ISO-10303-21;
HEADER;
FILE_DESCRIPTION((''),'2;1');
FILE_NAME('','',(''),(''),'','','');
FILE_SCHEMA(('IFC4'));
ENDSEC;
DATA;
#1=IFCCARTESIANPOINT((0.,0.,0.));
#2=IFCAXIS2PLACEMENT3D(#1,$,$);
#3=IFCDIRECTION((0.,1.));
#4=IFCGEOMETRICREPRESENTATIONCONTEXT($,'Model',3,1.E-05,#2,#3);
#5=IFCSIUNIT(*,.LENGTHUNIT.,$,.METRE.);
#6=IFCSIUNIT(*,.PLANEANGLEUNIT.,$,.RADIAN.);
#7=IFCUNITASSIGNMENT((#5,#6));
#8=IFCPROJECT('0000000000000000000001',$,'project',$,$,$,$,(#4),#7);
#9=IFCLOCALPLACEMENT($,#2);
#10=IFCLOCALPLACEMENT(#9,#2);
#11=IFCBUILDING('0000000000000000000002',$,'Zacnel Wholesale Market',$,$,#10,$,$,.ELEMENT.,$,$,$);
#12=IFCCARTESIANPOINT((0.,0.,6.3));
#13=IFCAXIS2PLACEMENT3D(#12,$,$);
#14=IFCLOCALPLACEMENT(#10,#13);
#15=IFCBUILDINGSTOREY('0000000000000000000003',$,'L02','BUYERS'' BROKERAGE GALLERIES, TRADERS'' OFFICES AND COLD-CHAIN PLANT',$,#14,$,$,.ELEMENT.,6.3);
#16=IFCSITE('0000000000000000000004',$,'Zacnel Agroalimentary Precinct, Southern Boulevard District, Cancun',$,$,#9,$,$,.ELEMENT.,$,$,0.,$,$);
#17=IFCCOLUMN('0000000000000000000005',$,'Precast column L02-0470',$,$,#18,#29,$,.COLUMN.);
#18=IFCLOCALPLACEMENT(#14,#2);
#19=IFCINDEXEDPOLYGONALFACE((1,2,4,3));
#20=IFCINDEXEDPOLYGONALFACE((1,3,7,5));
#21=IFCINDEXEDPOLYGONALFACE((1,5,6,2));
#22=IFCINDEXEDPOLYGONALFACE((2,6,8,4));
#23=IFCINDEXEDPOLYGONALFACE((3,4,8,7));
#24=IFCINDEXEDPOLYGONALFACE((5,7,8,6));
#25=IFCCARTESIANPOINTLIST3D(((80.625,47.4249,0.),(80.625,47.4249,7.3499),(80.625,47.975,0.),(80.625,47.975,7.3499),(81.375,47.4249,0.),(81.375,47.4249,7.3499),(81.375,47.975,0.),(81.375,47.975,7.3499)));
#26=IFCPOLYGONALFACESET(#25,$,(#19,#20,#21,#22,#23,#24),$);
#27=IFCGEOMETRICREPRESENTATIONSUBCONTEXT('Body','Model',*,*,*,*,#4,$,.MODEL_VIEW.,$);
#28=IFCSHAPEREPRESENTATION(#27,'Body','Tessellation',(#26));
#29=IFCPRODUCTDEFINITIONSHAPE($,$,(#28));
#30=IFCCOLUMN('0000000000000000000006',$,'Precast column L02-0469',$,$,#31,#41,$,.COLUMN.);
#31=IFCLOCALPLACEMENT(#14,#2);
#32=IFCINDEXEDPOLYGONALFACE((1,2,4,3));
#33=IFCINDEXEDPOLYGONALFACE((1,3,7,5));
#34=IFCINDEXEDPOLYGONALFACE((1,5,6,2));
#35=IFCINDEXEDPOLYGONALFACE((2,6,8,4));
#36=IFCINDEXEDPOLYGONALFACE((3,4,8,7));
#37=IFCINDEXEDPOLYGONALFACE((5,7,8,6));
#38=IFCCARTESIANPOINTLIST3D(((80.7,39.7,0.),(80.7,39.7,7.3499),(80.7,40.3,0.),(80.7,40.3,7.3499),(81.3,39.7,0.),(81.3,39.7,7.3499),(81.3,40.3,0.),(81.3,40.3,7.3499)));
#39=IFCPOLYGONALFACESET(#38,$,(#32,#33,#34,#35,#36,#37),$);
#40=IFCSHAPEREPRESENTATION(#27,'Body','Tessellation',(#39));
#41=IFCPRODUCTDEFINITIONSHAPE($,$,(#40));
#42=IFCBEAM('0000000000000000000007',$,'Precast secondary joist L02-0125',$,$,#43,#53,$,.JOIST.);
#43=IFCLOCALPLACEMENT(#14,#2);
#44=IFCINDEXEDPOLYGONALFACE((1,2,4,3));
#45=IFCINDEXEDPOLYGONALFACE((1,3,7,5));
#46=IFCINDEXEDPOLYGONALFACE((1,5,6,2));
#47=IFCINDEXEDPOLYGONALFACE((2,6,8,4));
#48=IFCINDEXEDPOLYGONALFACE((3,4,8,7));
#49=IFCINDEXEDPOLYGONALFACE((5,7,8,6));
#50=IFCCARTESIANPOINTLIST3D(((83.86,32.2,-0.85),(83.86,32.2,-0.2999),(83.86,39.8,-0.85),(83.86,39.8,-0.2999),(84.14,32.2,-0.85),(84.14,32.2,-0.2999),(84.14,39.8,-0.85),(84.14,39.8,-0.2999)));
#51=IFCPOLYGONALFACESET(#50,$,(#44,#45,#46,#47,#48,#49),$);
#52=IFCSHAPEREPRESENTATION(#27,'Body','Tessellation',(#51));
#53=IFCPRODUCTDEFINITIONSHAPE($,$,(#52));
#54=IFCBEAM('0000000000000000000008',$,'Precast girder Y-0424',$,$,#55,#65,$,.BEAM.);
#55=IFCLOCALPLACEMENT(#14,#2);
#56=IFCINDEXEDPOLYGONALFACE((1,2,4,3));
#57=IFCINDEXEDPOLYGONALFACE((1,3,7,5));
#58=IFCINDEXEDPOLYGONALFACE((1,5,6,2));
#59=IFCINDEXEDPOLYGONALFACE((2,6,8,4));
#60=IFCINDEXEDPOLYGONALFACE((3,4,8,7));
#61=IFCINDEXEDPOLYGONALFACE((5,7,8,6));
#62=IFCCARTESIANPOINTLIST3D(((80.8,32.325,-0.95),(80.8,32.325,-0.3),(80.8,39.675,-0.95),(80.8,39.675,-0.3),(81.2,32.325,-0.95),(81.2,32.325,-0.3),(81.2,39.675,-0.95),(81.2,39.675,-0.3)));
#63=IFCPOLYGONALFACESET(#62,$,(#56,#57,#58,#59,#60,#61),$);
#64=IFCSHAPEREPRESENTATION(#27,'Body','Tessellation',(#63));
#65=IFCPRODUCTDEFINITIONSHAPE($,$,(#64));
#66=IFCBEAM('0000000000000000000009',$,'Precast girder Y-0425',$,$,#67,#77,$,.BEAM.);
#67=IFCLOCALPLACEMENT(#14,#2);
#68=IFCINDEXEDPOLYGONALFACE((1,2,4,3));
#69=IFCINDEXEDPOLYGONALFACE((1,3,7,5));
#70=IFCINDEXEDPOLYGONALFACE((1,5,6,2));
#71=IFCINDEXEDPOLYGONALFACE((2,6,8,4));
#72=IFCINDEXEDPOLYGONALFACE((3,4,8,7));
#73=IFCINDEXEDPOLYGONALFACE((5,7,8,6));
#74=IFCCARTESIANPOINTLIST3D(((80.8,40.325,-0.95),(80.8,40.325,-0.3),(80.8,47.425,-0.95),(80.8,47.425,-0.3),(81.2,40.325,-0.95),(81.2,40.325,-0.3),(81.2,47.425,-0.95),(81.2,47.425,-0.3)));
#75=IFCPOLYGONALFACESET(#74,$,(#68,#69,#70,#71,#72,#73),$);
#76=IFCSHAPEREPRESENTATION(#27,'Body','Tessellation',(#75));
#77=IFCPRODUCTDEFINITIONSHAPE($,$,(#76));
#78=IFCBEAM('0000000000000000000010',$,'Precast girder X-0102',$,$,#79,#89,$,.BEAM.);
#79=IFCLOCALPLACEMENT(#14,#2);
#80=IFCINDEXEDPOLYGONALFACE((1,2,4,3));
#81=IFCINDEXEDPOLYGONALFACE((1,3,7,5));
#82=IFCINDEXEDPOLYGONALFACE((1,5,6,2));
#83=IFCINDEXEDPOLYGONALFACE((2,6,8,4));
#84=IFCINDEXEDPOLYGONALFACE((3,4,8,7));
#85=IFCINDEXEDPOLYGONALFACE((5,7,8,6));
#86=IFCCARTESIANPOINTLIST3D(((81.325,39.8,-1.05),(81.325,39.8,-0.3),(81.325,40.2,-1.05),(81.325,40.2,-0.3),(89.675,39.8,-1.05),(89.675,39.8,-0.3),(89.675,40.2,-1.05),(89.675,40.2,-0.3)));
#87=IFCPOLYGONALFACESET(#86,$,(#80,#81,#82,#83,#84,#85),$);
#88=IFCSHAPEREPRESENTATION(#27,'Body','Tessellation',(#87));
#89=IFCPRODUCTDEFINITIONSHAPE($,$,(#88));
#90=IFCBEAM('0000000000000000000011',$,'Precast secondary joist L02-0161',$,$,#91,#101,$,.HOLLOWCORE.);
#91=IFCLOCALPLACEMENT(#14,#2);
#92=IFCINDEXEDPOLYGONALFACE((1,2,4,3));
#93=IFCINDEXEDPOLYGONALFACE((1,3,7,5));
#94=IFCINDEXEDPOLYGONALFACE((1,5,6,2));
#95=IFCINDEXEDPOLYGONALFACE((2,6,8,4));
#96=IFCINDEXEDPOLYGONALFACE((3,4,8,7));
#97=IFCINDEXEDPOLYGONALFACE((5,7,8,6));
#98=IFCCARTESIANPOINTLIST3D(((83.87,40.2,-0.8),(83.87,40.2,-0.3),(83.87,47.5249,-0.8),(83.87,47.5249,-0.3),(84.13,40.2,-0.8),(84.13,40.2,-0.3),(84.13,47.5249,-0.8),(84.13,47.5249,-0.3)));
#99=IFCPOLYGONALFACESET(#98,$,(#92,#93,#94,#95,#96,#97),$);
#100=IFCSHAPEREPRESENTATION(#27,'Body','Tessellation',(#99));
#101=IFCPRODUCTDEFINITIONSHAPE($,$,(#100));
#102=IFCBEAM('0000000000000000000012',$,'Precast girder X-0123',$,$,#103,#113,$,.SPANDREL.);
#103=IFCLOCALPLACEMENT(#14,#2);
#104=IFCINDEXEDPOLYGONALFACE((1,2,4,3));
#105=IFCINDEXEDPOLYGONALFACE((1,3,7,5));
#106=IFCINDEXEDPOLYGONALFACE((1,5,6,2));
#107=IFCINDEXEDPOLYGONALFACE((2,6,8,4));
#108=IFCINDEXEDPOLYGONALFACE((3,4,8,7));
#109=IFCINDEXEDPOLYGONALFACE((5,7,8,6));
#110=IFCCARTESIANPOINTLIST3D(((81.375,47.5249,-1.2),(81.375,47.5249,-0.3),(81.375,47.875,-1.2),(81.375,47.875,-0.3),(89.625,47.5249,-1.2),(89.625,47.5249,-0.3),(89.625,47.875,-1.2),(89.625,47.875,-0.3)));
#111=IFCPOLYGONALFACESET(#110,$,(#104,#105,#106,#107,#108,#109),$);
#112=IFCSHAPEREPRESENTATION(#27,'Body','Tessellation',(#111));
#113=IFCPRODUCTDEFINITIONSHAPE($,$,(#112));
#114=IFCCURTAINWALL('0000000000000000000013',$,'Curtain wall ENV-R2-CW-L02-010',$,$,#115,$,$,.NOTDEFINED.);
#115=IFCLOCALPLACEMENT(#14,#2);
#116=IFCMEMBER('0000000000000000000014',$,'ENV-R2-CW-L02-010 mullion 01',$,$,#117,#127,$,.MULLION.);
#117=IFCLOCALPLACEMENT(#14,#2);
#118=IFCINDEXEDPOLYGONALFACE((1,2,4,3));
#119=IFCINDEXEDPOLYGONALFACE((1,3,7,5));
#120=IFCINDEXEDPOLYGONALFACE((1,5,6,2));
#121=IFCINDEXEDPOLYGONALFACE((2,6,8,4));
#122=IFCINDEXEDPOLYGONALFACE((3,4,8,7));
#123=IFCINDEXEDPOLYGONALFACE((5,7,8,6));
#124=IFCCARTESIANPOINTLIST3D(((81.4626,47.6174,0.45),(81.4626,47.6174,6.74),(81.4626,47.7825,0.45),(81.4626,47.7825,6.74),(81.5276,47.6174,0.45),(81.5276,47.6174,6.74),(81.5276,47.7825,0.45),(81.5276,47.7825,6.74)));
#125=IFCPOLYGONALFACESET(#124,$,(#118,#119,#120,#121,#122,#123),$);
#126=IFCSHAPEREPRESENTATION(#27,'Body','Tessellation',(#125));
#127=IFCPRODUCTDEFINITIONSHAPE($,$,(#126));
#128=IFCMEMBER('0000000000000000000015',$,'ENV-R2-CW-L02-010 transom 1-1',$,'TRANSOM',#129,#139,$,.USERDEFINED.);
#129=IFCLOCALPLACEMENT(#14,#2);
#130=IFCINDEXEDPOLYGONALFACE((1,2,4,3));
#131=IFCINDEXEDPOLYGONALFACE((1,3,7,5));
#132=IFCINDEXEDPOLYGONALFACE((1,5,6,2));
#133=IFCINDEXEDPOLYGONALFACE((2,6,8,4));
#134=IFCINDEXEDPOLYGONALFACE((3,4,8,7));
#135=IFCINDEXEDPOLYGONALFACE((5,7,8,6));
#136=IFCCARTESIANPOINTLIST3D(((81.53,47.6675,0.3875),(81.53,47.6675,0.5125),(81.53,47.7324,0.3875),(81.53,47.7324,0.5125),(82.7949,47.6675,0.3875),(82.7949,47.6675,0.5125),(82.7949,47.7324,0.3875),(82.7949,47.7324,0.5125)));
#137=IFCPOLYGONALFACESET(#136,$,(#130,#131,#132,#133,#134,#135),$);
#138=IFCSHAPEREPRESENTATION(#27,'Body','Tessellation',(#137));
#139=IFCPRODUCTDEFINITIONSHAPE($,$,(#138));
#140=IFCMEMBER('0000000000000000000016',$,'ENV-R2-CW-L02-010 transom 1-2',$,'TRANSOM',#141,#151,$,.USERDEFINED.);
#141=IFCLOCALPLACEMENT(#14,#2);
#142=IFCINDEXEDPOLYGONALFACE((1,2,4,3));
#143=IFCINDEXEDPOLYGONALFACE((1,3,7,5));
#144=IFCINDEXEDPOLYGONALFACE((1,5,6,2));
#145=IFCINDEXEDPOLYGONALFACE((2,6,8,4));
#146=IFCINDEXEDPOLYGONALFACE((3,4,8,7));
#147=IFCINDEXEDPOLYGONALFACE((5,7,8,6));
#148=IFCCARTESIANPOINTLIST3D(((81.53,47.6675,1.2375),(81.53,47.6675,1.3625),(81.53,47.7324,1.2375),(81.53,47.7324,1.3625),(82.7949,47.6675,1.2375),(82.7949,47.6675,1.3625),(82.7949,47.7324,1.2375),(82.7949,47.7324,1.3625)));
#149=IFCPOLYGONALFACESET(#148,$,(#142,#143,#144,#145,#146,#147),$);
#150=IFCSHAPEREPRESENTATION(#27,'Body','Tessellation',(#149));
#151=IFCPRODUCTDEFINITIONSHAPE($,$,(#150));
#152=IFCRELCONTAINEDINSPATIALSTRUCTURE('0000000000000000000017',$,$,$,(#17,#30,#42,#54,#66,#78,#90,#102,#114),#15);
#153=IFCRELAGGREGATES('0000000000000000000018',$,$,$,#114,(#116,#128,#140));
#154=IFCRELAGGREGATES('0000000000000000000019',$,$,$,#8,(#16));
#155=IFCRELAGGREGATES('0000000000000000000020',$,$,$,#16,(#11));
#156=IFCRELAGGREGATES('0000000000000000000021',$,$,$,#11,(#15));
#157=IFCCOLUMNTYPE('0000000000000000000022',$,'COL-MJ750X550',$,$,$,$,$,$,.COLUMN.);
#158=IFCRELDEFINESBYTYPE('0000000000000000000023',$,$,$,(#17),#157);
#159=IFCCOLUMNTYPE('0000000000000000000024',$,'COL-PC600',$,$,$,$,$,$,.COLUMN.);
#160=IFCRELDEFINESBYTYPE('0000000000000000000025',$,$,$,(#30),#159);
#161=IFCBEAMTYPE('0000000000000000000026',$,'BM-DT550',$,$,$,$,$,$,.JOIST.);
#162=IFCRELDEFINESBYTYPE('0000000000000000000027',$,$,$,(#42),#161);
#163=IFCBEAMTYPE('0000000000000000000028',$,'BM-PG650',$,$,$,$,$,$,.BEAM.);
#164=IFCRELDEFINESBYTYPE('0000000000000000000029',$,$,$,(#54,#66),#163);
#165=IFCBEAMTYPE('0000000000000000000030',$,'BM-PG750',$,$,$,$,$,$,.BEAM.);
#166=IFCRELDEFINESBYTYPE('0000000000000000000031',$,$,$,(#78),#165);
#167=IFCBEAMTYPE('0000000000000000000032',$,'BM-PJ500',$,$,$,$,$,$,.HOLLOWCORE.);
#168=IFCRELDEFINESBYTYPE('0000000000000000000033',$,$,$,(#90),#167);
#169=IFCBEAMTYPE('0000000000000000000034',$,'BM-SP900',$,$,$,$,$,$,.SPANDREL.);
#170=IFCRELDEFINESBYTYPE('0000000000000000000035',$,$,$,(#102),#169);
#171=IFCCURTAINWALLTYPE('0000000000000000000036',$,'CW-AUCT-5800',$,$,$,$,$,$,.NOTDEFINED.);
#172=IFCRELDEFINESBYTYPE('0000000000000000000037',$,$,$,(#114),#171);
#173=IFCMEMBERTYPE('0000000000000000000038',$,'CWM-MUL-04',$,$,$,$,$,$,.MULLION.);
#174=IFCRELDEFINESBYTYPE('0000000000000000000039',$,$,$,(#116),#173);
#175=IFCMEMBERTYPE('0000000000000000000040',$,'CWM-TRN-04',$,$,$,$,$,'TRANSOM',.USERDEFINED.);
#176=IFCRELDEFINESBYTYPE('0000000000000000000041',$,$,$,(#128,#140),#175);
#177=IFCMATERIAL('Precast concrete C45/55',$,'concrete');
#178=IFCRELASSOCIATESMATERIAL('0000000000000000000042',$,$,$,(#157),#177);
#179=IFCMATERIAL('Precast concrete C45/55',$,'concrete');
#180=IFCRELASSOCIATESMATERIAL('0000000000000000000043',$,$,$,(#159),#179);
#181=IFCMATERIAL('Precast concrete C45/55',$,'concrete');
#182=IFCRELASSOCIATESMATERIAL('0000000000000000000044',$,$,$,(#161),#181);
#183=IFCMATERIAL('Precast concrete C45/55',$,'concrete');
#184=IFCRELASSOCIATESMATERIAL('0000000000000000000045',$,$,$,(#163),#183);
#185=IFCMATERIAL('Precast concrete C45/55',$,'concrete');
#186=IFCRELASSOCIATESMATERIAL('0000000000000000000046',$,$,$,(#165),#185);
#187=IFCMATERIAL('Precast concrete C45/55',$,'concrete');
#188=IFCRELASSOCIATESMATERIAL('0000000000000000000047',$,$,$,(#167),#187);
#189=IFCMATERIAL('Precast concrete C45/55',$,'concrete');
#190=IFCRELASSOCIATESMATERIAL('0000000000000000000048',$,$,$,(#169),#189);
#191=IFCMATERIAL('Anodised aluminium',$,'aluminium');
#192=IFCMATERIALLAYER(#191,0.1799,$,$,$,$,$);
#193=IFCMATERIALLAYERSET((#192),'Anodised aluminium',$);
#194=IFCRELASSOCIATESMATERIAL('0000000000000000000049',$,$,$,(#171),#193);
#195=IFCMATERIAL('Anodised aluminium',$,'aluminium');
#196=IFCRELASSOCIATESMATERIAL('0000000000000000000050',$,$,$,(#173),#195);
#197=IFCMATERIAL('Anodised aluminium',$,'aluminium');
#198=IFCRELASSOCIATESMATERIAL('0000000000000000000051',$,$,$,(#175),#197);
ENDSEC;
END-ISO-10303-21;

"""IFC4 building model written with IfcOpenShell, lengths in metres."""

from ifc_helpers import new_model, si_unit, direction, frame, origin, origin_2d, place, context, subcontext, project, spatial, rectangle, extrude, material, layer, layer_set, material_profile, profile_set, type_object, element, aggregate, save


model = new_model("IFC4")

# Units and contexts
model_context = context("Model", 3, precision=1e-05, world=origin(), true_north=direction((0.0, 1.0)))
body_context = subcontext(model_context, "Body", "Model", "MODEL_VIEW")
ifc_project = project(units=[si_unit("LENGTHUNIT", "METRE"), si_unit("PLANEANGLEUNIT", "RADIAN")], contexts=[model_context])

# Site, building, storey
site_placement = place(None, origin())
site = spatial("IfcSite", under=ifc_project, at=site_placement, Name="Zacnel Agroalimentary Precinct, Southern Boulevard District, Cancun", CompositionType="ELEMENT", RefElevation=0.0)
building_placement = place(site_placement, origin())
building = spatial("IfcBuilding", under=site, at=building_placement, Name="Zacnel Wholesale Market", CompositionType="ELEMENT")
storey_placement = place(building_placement, frame((0.0, 0.0, 6.3)))
storey = spatial("IfcBuildingStorey", under=building, at=storey_placement, Name="L02", Description="BUYERS' BROKERAGE GALLERIES, TRADERS' OFFICES AND COLD-CHAIN PLANT", CompositionType="ELEMENT", Elevation=6.3)

# Columns
ifc_material_1 = material(Name="Precast concrete C45/55", Category="concrete")
ifc_material_profile_1 = material_profile(ifc_material_1, rectangle(XDim=0.75, YDim=0.55, at=origin_2d()), Name="PC 750x550")
ifc_profile_set_1 = profile_set([ifc_material_profile_1], Name="Precast concrete C45/55")
column_type_1 = type_object("IfcColumnType", Name="COL-MJ750X550", PredefinedType="COLUMN", material=ifc_profile_set_1)
column_1_placement = place(storey_placement, frame((81.0, 47.7, 0.0), z_axis=(0.0, 0.0, 1.0), x_axis=(1.0, 0.0, 0.0)))
element("IfcColumn", 1, at=column_1_placement, inside=storey, type_object=column_type_1, Name="Precast column L02-0470", PredefinedType="COLUMN", context=body_context, shape_type="SweptSolid", body=[
    extrude(rectangle(XDim=0.75, YDim=0.55, at=origin_2d()), origin(), (0.0, 0.0, 1.0), 7.3499),
])
ifc_material_2 = material(Name="Precast concrete C45/55", Category="concrete")
ifc_material_profile_2 = material_profile(ifc_material_2, rectangle(XDim=0.6001, YDim=0.6001, at=origin_2d()), Name="PC 600x600")
ifc_profile_set_2 = profile_set([ifc_material_profile_2], Name="Precast concrete C45/55")
column_type_2 = type_object("IfcColumnType", Name="COL-PC600", PredefinedType="COLUMN", material=ifc_profile_set_2)
column_2_placement = place(storey_placement, frame((81.0, 40.0, 0.0), z_axis=(0.0, 0.0, 1.0), x_axis=(1.0, 0.0, 0.0)))
element("IfcColumn", 2, at=column_2_placement, inside=storey, type_object=column_type_2, Name="Precast column L02-0469", PredefinedType="COLUMN", context=body_context, shape_type="SweptSolid", body=[
    extrude(rectangle(XDim=0.6001, YDim=0.6001, at=origin_2d()), origin(), (0.0, 0.0, 1.0), 7.3499),
])

# Beams
ifc_material_3 = material(Name="Precast concrete C45/55", Category="concrete")
ifc_material_profile_3 = material_profile(ifc_material_3, rectangle(XDim=0.28, YDim=0.55, at=origin_2d()), Name="DT RIB 280x550")
ifc_profile_set_3 = profile_set([ifc_material_profile_3], Name="Precast concrete C45/55")
beam_type_1 = type_object("IfcBeamType", Name="BM-DT550", PredefinedType="JOIST", material=ifc_profile_set_3)
beam_1_placement = place(storey_placement, frame((84.0, 32.2, -0.575), z_axis=(0.0, 1.0, 0.0), x_axis=(-1.0, 0.0, 0.0)))
element("IfcBeam", 3, at=beam_1_placement, inside=storey, type_object=beam_type_1, Name="Precast secondary joist L02-0125", PredefinedType="JOIST", context=body_context, shape_type="SweptSolid", body=[
    extrude(rectangle(XDim=0.28, YDim=0.55, at=origin_2d()), origin(), (0.0, 0.0, 1.0), 7.6001),
])
ifc_material_4 = material(Name="Precast concrete C45/55", Category="concrete")
ifc_material_profile_4 = material_profile(ifc_material_4, rectangle(XDim=0.3999, YDim=0.6499, at=origin_2d()), Name="PG 400x650")
ifc_profile_set_4 = profile_set([ifc_material_profile_4], Name="Precast concrete C45/55")
beam_type_2 = type_object("IfcBeamType", Name="BM-PG650", PredefinedType="BEAM", material=ifc_profile_set_4)
beam_2_placement = place(storey_placement, frame((81.0, 32.325, -0.625), z_axis=(0.0, 1.0, 0.0), x_axis=(-1.0, 0.0, 0.0)))
element("IfcBeam", 4, at=beam_2_placement, inside=storey, type_object=beam_type_2, Name="Precast girder Y-0424", PredefinedType="BEAM", context=body_context, shape_type="SweptSolid", body=[
    extrude(rectangle(XDim=0.3999, YDim=0.6499, at=origin_2d()), origin(), (0.0, 0.0, 1.0), 7.3501),
])
beam_3_placement = place(storey_placement, frame((81.0, 40.325, -0.625), z_axis=(0.0, 1.0, 0.0), x_axis=(-1.0, 0.0, 0.0)))
element("IfcBeam", 5, at=beam_3_placement, inside=storey, type_object=beam_type_2, Name="Precast girder Y-0425", PredefinedType="BEAM", context=body_context, shape_type="SweptSolid", body=[
    extrude(rectangle(XDim=0.3999, YDim=0.6499, at=origin_2d()), origin(), (0.0, 0.0, 1.0), 7.1001),
])
ifc_material_5 = material(Name="Precast concrete C45/55", Category="concrete")
ifc_material_profile_5 = material_profile(ifc_material_5, rectangle(XDim=0.3999, YDim=0.75, at=origin_2d()), Name="PG 400x750")
ifc_profile_set_5 = profile_set([ifc_material_profile_5], Name="Precast concrete C45/55")
beam_type_3 = type_object("IfcBeamType", Name="BM-PG750", PredefinedType="BEAM", material=ifc_profile_set_5)
beam_4_placement = place(storey_placement, frame((81.325, 40.0, -0.675), z_axis=(1.0, 0.0, 0.0), x_axis=(0.0, 1.0, 0.0)))
element("IfcBeam", 6, at=beam_4_placement, inside=storey, type_object=beam_type_3, Name="Precast girder X-0102", PredefinedType="BEAM", context=body_context, shape_type="SweptSolid", body=[
    extrude(rectangle(XDim=0.3999, YDim=0.75, at=origin_2d()), origin(), (0.0, 0.0, 1.0), 8.3501),
])
ifc_material_6 = material(Name="Precast concrete C45/55", Category="concrete")
ifc_material_profile_6 = material_profile(ifc_material_6, rectangle(XDim=0.26, YDim=0.5, at=origin_2d()), Name="PJ 260x500")
ifc_profile_set_6 = profile_set([ifc_material_profile_6], Name="Precast concrete C45/55")
beam_type_4 = type_object("IfcBeamType", Name="BM-PJ500", PredefinedType="HOLLOWCORE", material=ifc_profile_set_6)
beam_5_placement = place(storey_placement, frame((84.0, 40.2, -0.55), z_axis=(0.0, 1.0, 0.0), x_axis=(-1.0, 0.0, 0.0)))
element("IfcBeam", 7, at=beam_5_placement, inside=storey, type_object=beam_type_4, Name="Precast secondary joist L02-0161", PredefinedType="HOLLOWCORE", context=body_context, shape_type="SweptSolid", body=[
    extrude(rectangle(XDim=0.26, YDim=0.5, at=origin_2d()), origin(), (0.0, 0.0, 1.0), 7.325),
])
ifc_material_7 = material(Name="Precast concrete C45/55", Category="concrete")
ifc_material_profile_7 = material_profile(ifc_material_7, rectangle(XDim=0.3501, YDim=0.8999, at=origin_2d()), Name="SP 350x900")
ifc_profile_set_7 = profile_set([ifc_material_profile_7], Name="Precast concrete C45/55")
beam_type_5 = type_object("IfcBeamType", Name="BM-SP900", PredefinedType="SPANDREL", material=ifc_profile_set_7)
beam_6_placement = place(storey_placement, frame((81.375, 47.7, -0.75), z_axis=(1.0, 0.0, 0.0), x_axis=(0.0, 1.0, 0.0)))
element("IfcBeam", 8, at=beam_6_placement, inside=storey, type_object=beam_type_5, Name="Precast girder X-0123", PredefinedType="SPANDREL", context=body_context, shape_type="SweptSolid", body=[
    extrude(rectangle(XDim=0.3501, YDim=0.8999, at=origin_2d()), origin(), (0.0, 0.0, 1.0), 8.25),
])

# Curtain wall, members
ifc_material_8 = material(Name="Anodised aluminium", Category="aluminium")
ifc_layer_1 = layer(ifc_material_8, 0.1799)
ifc_layer_set_1 = layer_set([ifc_layer_1], Name="Anodised aluminium")
curtain_wall_type = type_object("IfcCurtainWallType", Name="CW-AUCT-5800", PredefinedType="NOTDEFINED", material=ifc_layer_set_1)
curtain_wall_placement = place(storey_placement, origin())
curtain_wall = element("IfcCurtainWall", 9, at=curtain_wall_placement, inside=storey, type_object=curtain_wall_type, Name="Curtain wall ENV-R2-CW-L02-010", PredefinedType="NOTDEFINED")
ifc_material_9 = material(Name="Anodised aluminium", Category="aluminium")
ifc_material_profile_8 = material_profile(ifc_material_9, rectangle(XDim=0.0649, YDim=0.165, at=origin_2d()), Name="AW-MULLION 65x165")
ifc_profile_set_8 = profile_set([ifc_material_profile_8], Name="Anodised aluminium")
member_type_1 = type_object("IfcMemberType", Name="CWM-MUL-04", PredefinedType="MULLION", material=ifc_profile_set_8)
member_1_placement = place(storey_placement, frame((81.4951, 47.7, 0.45), z_axis=(0.0, 0.0, 1.0), x_axis=(1.0, 0.0, 0.0)))
member_1 = element("IfcMember", 10, at=member_1_placement, type_object=member_type_1, Name="ENV-R2-CW-L02-010 mullion 01", PredefinedType="MULLION", context=body_context, shape_type="SweptSolid", body=[
    extrude(rectangle(XDim=0.0649, YDim=0.165, at=origin_2d()), origin(), (0.0, 0.0, 1.0), 6.29),
])
ifc_material_10 = material(Name="Anodised aluminium", Category="aluminium")
ifc_material_profile_9 = material_profile(ifc_material_10, rectangle(XDim=0.0649, YDim=0.125, at=origin_2d()), Name="AW-TRANSOM 65x125")
ifc_profile_set_9 = profile_set([ifc_material_profile_9], Name="Anodised aluminium")
member_type_2 = type_object("IfcMemberType", Name="CWM-TRN-04", ElementType="TRANSOM", PredefinedType="USERDEFINED", material=ifc_profile_set_9)
member_2_placement = place(storey_placement, frame((81.53, 47.7, 0.45), z_axis=(1.0, 0.0, 0.0), x_axis=(0.0, 1.0, 0.0)))
member_2 = element("IfcMember", 11, at=member_2_placement, type_object=member_type_2, Name="ENV-R2-CW-L02-010 transom 1-1", ObjectType="TRANSOM", PredefinedType="USERDEFINED", context=body_context, shape_type="SweptSolid", body=[
    extrude(rectangle(XDim=0.0649, YDim=0.125, at=origin_2d()), origin(), (0.0, 0.0, 1.0), 1.2649),
])
member_3_placement = place(storey_placement, frame((81.53, 47.7, 1.3), z_axis=(1.0, 0.0, 0.0), x_axis=(0.0, 1.0, 0.0)))
member_3 = element("IfcMember", 12, at=member_3_placement, type_object=member_type_2, Name="ENV-R2-CW-L02-010 transom 1-2", ObjectType="TRANSOM", PredefinedType="USERDEFINED", context=body_context, shape_type="SweptSolid", body=[
    extrude(rectangle(XDim=0.0649, YDim=0.125, at=origin_2d()), origin(), (0.0, 0.0, 1.0), 1.2649),
])
aggregate(curtain_wall, [member_1, member_2, member_3])

save(model, "model.ifc")
